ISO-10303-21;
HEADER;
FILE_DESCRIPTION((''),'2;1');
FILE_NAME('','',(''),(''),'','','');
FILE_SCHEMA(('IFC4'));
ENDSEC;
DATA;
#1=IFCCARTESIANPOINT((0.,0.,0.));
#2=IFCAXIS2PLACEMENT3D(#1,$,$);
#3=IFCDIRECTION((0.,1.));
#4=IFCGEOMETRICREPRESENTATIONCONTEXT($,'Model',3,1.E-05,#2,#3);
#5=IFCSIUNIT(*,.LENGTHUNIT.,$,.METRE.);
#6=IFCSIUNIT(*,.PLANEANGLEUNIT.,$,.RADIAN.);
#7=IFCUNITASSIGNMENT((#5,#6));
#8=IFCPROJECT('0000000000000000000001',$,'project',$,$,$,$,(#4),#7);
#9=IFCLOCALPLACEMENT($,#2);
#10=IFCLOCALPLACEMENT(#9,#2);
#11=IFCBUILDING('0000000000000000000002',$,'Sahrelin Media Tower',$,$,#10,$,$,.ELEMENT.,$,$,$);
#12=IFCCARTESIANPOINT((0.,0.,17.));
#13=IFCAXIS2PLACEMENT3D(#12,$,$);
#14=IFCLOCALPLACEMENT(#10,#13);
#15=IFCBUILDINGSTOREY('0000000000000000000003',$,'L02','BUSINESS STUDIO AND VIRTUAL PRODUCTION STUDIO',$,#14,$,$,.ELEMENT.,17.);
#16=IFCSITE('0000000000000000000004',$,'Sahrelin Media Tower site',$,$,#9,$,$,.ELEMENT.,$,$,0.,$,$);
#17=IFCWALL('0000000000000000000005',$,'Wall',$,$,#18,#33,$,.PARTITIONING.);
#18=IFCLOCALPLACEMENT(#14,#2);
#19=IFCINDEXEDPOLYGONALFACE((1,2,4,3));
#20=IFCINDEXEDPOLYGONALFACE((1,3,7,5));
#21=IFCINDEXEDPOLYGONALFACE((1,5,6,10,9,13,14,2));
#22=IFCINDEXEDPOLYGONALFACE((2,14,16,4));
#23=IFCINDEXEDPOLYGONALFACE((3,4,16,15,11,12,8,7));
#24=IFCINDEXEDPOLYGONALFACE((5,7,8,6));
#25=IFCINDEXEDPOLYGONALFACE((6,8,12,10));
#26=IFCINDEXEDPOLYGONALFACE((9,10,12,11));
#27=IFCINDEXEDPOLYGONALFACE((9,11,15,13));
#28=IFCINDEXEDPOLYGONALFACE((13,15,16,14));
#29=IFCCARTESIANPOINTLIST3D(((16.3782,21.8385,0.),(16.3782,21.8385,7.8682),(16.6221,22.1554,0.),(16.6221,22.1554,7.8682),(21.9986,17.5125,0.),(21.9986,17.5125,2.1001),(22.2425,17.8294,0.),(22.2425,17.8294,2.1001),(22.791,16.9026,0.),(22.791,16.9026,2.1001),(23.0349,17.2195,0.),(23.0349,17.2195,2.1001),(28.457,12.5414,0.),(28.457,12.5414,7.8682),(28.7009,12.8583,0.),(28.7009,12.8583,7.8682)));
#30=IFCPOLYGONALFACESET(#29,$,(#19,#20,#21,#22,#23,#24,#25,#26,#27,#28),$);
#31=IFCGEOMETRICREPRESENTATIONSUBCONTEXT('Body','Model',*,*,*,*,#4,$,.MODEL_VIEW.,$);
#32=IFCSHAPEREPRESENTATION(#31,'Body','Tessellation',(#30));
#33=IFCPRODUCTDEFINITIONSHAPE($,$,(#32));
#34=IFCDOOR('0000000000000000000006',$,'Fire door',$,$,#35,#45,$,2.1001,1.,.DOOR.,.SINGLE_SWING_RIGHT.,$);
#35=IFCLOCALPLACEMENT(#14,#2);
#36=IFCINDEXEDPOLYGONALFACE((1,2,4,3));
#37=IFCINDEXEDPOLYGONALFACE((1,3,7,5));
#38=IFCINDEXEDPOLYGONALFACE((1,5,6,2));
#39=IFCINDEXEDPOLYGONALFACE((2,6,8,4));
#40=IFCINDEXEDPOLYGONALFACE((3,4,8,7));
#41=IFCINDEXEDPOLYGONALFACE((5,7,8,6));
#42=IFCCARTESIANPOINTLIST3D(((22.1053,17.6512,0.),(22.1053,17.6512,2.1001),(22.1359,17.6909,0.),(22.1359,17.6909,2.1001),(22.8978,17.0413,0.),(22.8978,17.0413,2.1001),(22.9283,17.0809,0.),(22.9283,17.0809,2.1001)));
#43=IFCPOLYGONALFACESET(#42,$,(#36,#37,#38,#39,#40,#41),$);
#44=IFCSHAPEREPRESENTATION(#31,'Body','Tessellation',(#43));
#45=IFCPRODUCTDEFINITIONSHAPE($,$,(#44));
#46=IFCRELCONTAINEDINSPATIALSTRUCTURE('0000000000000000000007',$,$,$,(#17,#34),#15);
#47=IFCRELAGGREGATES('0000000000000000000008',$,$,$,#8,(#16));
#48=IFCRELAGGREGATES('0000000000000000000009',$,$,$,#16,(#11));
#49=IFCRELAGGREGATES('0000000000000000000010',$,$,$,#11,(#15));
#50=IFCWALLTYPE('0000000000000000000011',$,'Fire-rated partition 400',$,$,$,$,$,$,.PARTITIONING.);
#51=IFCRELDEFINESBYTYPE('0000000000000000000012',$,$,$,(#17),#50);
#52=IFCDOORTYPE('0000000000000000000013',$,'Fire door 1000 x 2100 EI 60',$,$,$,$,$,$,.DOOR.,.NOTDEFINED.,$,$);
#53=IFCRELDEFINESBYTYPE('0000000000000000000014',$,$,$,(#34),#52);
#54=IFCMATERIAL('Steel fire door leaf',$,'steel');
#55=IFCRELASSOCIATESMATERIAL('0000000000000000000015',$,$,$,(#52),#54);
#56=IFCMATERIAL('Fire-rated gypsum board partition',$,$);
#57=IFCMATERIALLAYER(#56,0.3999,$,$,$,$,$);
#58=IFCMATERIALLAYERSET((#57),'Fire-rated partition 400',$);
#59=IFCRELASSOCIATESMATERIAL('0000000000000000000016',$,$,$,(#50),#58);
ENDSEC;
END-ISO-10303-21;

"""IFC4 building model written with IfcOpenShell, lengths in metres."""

from ifc_helpers import new_model, si_unit, direction, frame, frame_2d, origin, place, context, subcontext, project, spatial, rectangle, extrude, material, layer, layer_set, type_object, element, fill, save


model = new_model("IFC4")

# Units and contexts
model_context = context("Model", 3, precision=1e-05, world=origin(), true_north=direction((0.0, 1.0)))
body_context = subcontext(model_context, "Body", "Model", "MODEL_VIEW")
ifc_project = project(units=[si_unit("LENGTHUNIT", "METRE"), si_unit("PLANEANGLEUNIT", "RADIAN")], contexts=[model_context])

# Site, building, storey
site_placement = place(None, origin())
site = spatial("IfcSite", under=ifc_project, at=site_placement, Name="Sahrelin Media Tower site", CompositionType="ELEMENT", RefElevation=0.0)
building_placement = place(site_placement, origin())
building = spatial("IfcBuilding", under=site, at=building_placement, Name="Sahrelin Media Tower", CompositionType="ELEMENT")
storey_placement = place(building_placement, frame((0.0, 0.0, 17.0)))
storey = spatial("IfcBuildingStorey", under=building, at=storey_placement, Name="L02", Description="BUSINESS STUDIO AND VIRTUAL PRODUCTION STUDIO", CompositionType="ELEMENT", Elevation=17.0)

# Shared definitions
ifc_material_1 = material(Name="Fire-rated gypsum board partition")
ifc_material_2 = material(Name="Steel fire door leaf", Category="steel")
door_type = type_object("IfcDoorType", Name="Fire door 1000 x 2100 EI 60", OperationType="NOTDEFINED", PredefinedType="DOOR", material=ifc_material_2)

# Shared definitions
ifc_layer_1 = layer(ifc_material_1, 0.3999)
ifc_layer_set_1 = layer_set([ifc_layer_1], Name="Fire-rated partition 400")
wall_type_1 = type_object("IfcWallType", Name="Fire-rated partition 400", PredefinedType="PARTITIONING", material=ifc_layer_set_1)

# Wall, opening, door
wall_1_placement = place(storey_placement, frame((28.5789, 12.7, 0.0), z_axis=(0.0, 0.0, 1.0), x_axis=(-0.792444, 0.609945, 0.0)))
wall_1 = element("IfcWall", 1, at=wall_1_placement, inside=storey, type_object=wall_type_1, Name="Wall", PredefinedType="PARTITIONING", context=body_context, shape_type="SweptSolid", body=[
    extrude(rectangle(XDim=15.2424, YDim=0.3999, at=frame_2d((7.6211, 0.0))), origin(), (0.0, 0.0, 1.0), 7.8682),
])
opening_1_placement = place(wall_1_placement, frame((7.1499, 0.0, 0.0)))
opening_1 = element("IfcOpeningElement", 2, at=opening_1_placement, cuts=wall_1, PredefinedType="OPENING", context=body_context, shape_type="SweptSolid", body=[
    extrude(rectangle(XDim=1.0, YDim=2.1001, at=frame_2d((0.5, 1.05))), frame((0.0, 0.2, 0.0), z_axis=(0.0, -1.0, 0.0), x_axis=(1.0, 0.0, 0.0)), (0.0, 0.0, 1.0), 0.3999),
])
door_1_placement = place(opening_1_placement, origin())
door_1 = element("IfcDoor", 3, at=door_1_placement, inside=storey, type_object=door_type, Name="Fire door", OperationType="SINGLE_SWING_RIGHT", OverallHeight=2.1001, OverallWidth=1.0, PredefinedType="DOOR", context=body_context, shape_type="SweptSolid", body=[
    extrude(rectangle(XDim=1.0, YDim=2.1001, at=frame_2d((0.5, 1.05))), frame((0.0, 0.0249, 0.0), z_axis=(0.0, -1.0, 0.0), x_axis=(1.0, 0.0, 0.0)), (0.0, 0.0, 1.0), 0.05),
])
fill(opening_1, door_1)

save(model, "model.ifc")
